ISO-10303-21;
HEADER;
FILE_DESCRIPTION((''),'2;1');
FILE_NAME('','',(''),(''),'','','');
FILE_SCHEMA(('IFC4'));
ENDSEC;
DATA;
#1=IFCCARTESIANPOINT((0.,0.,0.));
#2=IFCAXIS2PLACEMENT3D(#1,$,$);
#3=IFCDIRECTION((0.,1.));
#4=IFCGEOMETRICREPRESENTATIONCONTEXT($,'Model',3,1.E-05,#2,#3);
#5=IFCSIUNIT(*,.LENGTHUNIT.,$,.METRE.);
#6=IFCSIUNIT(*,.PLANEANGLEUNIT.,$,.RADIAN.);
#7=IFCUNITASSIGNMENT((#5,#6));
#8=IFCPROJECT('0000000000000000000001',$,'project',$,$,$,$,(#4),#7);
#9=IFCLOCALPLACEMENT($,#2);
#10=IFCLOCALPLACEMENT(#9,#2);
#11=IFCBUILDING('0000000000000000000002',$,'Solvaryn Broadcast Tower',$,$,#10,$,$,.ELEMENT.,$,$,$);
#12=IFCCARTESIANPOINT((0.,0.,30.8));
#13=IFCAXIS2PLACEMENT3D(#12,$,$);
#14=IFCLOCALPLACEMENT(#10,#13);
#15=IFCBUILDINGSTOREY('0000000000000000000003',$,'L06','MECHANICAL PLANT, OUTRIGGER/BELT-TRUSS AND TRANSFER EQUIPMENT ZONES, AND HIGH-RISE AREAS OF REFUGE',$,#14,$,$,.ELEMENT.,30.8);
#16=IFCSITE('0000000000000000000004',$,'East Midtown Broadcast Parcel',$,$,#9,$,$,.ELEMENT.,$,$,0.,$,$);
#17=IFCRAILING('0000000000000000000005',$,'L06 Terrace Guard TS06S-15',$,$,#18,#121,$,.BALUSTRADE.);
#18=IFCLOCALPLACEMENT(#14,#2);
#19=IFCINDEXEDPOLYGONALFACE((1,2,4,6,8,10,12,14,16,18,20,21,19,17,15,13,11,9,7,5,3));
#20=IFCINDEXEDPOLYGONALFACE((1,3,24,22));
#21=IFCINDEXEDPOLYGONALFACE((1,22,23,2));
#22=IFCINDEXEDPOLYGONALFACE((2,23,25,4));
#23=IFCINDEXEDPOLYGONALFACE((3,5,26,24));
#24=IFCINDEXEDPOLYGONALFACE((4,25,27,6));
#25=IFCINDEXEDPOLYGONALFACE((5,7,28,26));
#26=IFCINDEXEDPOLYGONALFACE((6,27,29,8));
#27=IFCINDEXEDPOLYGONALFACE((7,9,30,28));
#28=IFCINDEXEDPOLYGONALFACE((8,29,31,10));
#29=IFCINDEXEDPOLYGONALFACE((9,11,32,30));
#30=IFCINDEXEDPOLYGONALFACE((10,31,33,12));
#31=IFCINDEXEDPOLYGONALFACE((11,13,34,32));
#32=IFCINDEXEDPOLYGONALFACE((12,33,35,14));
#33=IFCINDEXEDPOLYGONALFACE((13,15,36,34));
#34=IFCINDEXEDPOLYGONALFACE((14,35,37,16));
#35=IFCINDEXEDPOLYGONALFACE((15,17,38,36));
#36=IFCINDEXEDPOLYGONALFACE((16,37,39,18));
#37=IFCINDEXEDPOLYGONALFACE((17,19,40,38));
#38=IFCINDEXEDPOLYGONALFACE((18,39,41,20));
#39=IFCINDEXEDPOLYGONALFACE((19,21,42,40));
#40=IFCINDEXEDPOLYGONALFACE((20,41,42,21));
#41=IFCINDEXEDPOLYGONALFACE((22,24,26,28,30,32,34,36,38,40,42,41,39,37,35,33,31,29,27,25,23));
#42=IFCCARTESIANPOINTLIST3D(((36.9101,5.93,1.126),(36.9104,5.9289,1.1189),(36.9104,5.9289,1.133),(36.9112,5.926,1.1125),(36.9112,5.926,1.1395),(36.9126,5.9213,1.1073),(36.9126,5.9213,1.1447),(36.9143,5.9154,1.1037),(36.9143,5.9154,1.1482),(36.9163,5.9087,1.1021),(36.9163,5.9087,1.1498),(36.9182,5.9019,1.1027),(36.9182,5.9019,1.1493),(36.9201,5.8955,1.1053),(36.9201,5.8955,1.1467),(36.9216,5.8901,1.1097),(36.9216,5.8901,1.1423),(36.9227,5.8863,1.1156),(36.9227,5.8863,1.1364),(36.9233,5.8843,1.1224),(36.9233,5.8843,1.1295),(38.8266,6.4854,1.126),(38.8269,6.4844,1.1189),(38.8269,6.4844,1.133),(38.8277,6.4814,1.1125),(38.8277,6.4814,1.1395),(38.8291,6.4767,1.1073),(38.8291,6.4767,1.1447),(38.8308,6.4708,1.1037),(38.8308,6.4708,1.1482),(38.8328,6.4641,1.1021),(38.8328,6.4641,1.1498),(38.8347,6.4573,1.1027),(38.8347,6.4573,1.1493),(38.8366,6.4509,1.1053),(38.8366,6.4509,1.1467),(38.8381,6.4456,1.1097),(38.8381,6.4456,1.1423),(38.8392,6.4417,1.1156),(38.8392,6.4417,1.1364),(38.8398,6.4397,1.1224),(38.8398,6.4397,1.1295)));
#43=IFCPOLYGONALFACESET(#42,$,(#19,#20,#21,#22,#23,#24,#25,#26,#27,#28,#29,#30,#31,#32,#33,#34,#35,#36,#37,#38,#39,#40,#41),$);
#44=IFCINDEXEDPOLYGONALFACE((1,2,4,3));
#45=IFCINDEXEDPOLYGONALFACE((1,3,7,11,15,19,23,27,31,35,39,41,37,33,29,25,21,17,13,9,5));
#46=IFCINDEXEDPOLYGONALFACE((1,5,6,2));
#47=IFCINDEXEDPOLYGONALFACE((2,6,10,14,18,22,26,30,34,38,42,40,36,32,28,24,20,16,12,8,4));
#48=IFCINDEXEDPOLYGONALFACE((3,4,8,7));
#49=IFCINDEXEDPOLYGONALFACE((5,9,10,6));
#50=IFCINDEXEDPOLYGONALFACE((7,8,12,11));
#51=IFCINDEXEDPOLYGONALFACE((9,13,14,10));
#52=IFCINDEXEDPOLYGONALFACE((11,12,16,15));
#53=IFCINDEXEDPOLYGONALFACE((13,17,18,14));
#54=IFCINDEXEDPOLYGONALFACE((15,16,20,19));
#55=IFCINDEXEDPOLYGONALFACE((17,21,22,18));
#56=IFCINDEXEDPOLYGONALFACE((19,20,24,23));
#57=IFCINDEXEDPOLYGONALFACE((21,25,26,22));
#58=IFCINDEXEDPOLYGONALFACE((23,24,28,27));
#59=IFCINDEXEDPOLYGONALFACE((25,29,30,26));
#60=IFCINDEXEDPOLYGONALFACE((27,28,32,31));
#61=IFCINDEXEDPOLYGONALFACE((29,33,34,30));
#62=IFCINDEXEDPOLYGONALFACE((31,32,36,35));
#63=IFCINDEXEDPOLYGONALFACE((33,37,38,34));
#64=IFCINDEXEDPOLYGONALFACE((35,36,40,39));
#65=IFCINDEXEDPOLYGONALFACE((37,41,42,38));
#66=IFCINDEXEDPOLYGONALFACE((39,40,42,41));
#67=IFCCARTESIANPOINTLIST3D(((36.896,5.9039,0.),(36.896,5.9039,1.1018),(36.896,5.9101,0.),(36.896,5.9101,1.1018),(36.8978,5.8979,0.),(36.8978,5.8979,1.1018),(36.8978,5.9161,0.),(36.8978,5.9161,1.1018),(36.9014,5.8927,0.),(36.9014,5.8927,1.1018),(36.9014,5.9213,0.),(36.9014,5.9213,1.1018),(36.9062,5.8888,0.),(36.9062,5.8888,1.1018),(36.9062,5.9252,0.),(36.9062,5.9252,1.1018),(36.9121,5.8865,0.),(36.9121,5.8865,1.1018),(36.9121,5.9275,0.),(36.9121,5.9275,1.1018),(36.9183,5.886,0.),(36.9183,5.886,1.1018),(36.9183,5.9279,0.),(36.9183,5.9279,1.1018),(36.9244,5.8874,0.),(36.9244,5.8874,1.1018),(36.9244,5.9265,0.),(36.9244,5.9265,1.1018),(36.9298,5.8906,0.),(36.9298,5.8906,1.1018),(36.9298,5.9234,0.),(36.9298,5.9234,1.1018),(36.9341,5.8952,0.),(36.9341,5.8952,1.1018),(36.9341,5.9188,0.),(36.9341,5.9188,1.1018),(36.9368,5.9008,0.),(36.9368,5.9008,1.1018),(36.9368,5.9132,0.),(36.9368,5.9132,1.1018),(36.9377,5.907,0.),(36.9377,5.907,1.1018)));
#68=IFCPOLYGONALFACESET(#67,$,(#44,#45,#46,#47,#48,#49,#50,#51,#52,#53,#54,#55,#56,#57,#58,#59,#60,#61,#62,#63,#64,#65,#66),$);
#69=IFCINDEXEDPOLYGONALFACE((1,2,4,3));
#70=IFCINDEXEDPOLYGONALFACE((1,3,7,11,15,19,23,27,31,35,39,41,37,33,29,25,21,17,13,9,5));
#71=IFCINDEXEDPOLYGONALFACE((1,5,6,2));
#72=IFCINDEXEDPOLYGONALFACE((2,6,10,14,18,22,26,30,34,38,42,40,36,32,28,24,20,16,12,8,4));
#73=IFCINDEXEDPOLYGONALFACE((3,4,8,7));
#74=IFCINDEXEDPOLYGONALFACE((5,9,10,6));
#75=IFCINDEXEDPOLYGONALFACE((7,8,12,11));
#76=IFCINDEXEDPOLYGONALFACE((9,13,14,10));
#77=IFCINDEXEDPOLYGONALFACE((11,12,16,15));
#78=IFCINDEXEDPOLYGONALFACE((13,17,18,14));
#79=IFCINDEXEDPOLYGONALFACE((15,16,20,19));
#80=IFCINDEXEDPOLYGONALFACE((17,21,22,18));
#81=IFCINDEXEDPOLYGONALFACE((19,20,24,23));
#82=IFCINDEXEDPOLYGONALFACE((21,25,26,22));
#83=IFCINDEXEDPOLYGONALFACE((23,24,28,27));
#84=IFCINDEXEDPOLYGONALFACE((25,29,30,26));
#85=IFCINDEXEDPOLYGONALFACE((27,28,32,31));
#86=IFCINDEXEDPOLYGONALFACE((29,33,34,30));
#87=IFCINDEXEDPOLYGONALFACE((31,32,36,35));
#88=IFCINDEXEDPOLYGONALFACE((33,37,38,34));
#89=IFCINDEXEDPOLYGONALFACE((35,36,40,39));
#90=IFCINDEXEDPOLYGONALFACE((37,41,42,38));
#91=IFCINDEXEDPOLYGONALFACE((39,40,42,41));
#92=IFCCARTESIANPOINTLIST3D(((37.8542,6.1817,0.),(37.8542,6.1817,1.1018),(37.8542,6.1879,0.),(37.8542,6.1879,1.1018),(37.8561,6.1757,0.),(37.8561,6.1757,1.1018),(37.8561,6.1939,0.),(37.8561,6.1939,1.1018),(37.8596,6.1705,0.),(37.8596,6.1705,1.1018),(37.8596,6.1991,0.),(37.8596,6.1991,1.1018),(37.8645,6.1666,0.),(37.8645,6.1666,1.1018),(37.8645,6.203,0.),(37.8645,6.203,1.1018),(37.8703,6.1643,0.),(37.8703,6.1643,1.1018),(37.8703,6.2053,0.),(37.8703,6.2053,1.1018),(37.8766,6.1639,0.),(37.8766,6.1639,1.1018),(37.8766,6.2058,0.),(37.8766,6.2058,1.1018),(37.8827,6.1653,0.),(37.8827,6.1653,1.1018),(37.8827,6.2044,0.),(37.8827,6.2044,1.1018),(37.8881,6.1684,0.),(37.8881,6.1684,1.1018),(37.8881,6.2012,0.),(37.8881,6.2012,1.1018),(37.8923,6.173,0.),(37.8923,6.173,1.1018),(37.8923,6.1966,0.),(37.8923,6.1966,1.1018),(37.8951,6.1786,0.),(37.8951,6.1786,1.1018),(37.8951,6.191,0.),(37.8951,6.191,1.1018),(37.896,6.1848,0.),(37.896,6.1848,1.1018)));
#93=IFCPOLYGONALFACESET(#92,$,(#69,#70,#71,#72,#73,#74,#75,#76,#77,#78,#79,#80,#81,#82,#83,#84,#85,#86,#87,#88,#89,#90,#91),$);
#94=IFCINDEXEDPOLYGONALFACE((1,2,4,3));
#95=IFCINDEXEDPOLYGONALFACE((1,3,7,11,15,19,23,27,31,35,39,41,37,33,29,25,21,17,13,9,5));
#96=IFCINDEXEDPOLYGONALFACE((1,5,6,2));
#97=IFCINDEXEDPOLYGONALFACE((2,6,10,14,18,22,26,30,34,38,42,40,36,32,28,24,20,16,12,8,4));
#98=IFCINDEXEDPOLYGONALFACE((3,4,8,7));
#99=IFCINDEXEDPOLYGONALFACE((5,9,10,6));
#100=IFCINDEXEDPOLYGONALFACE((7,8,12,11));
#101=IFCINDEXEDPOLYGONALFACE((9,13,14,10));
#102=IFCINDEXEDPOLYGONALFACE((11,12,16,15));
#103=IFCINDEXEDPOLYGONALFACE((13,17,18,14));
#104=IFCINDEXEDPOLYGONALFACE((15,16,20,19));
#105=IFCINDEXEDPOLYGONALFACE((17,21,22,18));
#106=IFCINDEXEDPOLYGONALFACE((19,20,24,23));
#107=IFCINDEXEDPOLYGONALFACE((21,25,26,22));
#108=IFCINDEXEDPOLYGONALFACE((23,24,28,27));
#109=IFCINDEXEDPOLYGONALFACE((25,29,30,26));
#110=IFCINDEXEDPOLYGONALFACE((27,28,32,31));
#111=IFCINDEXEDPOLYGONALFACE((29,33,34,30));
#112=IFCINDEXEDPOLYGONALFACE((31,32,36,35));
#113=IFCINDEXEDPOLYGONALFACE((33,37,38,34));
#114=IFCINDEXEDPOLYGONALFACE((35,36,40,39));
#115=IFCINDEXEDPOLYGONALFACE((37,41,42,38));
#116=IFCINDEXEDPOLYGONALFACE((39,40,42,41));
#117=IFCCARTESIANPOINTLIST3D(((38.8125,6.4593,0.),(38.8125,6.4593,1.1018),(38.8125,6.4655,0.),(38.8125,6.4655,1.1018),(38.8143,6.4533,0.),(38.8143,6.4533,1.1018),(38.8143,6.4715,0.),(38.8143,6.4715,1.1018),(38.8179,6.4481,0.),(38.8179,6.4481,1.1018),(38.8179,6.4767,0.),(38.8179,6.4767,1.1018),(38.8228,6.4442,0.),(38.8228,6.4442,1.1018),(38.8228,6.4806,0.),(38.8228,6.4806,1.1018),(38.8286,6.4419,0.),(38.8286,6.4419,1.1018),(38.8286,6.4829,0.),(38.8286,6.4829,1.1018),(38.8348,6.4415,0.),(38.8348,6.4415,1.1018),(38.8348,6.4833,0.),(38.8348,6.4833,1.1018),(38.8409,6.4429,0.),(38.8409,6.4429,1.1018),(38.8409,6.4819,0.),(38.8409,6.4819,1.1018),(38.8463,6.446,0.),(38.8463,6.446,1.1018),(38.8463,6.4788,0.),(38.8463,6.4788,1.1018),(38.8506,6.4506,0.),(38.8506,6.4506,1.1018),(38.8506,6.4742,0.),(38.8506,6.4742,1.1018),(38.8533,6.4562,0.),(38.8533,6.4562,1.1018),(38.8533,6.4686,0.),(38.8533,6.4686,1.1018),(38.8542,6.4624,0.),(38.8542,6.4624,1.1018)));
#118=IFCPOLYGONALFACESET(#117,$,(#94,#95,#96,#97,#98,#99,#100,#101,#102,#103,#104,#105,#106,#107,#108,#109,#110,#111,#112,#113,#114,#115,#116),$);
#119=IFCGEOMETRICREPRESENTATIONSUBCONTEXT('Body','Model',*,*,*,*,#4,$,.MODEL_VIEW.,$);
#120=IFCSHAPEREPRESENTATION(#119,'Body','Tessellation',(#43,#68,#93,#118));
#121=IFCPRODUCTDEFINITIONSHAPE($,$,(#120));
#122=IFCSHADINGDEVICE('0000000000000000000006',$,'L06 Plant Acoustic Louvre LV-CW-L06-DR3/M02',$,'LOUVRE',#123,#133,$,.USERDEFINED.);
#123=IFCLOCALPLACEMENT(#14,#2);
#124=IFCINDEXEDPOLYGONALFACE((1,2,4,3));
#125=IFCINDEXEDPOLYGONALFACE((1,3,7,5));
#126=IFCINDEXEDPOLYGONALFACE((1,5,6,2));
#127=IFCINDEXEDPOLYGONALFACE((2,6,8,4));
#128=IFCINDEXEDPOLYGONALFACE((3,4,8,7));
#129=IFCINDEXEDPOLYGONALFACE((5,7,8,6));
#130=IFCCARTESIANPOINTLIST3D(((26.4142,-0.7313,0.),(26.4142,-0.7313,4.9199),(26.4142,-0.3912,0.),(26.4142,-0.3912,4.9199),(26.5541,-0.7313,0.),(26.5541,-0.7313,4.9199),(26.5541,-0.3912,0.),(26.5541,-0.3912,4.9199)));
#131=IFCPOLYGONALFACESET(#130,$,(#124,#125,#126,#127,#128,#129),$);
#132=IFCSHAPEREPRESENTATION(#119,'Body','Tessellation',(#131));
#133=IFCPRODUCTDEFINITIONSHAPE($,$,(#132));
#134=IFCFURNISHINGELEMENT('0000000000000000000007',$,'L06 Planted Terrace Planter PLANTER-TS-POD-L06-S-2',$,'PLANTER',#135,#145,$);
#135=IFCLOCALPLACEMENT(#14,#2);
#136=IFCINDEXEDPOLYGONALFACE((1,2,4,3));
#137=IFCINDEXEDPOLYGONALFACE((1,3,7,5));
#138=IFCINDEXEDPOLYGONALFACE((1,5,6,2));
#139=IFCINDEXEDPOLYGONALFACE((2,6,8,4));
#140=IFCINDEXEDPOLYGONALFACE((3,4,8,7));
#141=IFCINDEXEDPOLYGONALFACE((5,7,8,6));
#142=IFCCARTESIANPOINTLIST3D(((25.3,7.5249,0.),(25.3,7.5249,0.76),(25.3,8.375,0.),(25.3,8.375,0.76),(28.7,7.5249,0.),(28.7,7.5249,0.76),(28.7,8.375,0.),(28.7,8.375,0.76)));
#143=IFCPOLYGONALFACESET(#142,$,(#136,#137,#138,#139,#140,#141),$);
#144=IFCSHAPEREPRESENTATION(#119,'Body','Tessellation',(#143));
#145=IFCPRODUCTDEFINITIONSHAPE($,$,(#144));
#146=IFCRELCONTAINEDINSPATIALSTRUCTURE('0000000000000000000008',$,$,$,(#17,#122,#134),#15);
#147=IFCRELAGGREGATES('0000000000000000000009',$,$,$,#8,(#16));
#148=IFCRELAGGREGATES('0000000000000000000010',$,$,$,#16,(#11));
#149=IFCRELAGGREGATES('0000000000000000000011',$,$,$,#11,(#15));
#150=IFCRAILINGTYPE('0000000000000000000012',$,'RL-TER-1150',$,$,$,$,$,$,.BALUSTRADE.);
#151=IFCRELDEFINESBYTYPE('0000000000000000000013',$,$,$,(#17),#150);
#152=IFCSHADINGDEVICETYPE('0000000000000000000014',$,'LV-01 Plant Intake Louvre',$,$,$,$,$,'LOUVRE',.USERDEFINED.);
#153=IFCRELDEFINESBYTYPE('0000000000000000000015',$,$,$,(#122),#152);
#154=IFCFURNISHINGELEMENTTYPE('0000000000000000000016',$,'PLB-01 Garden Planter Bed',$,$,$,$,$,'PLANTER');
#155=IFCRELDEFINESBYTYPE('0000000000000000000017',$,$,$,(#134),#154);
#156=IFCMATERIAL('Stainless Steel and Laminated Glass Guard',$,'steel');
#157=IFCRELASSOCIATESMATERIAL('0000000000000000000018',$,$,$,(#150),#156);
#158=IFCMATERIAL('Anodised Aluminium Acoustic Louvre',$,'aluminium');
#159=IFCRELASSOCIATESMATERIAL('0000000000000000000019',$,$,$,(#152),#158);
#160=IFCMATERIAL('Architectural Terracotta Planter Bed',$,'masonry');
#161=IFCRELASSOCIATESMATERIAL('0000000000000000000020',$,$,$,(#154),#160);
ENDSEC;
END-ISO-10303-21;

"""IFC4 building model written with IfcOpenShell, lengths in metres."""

from ifc_helpers import new_model, si_unit, direction, frame, origin, origin_2d, place, context, subcontext, project, spatial, rectangle, circle, extrude, material, type_object, element, save


model = new_model("IFC4")

# Units and contexts
model_context = context("Model", 3, precision=1e-05, world=origin(), true_north=direction((0.0, 1.0)))
body_context = subcontext(model_context, "Body", "Model", "MODEL_VIEW")
ifc_project = project(units=[si_unit("LENGTHUNIT", "METRE"), si_unit("PLANEANGLEUNIT", "RADIAN")], contexts=[model_context])

# Site, building, storey
site_placement = place(None, origin())
site = spatial("IfcSite", under=ifc_project, at=site_placement, Name="East Midtown Broadcast Parcel", CompositionType="ELEMENT", RefElevation=0.0)
building_placement = place(site_placement, origin())
building = spatial("IfcBuilding", under=site, at=building_placement, Name="Solvaryn Broadcast Tower", CompositionType="ELEMENT")
storey_placement = place(building_placement, frame((0.0, 0.0, 30.8)))
storey = spatial("IfcBuildingStorey", under=building, at=storey_placement, Name="L06", Description="MECHANICAL PLANT, OUTRIGGER/BELT-TRUSS AND TRANSFER EQUIPMENT ZONES, AND HIGH-RISE AREAS OF REFUGE", CompositionType="ELEMENT", Elevation=30.8)

# Railing
ifc_material_1 = material(Name="Stainless Steel and Laminated Glass Guard", Category="steel")
railing_type = type_object("IfcRailingType", Name="RL-TER-1150", PredefinedType="BALUSTRADE", material=ifc_material_1)
railing_1_placement = place(storey_placement, frame((36.9167, 5.907, 0.0)))
element("IfcRailing", 1, at=railing_1_placement, inside=storey, type_object=railing_type, Name="L06 Terrace Guard TS06S-15", PredefinedType="BALUSTRADE", context=body_context, shape_type="SweptSolid", body=[
    extrude(circle(Radius=0.0239, at=origin_2d()), frame((0.0, 0.0, 1.126), z_axis=(0.960478, 0.278355, 0.0), x_axis=(-0.278355, 0.960478, 0.0)), (0.0, 0.0, 1.0), 1.9954),
    extrude(circle(Radius=0.021, at=origin_2d()), origin(), (0.0, 0.0, 1.0), 1.1018),
    extrude(circle(Radius=0.021, at=origin_2d()), frame((0.9583, 0.2778, 0.0)), (0.0, 0.0, 1.0), 1.1018),
    extrude(circle(Radius=0.021, at=origin_2d()), frame((1.9165, 0.5554, 0.0)), (0.0, 0.0, 1.0), 1.1018),
])

# Shading device
ifc_material_2 = material(Name="Anodised Aluminium Acoustic Louvre", Category="aluminium")
shading_device_type = type_object("IfcShadingDeviceType", Name="LV-01 Plant Intake Louvre", ElementType="LOUVRE", PredefinedType="USERDEFINED", material=ifc_material_2)
shading_device_placement = place(storey_placement, frame((26.4841, -0.5613, 0.0), z_axis=(0.0, 0.0, 1.0), x_axis=(1.0, 0.0, 0.0)))
element("IfcShadingDevice", 2, at=shading_device_placement, inside=storey, type_object=shading_device_type, Name="L06 Plant Acoustic Louvre LV-CW-L06-DR3/M02", ObjectType="LOUVRE", PredefinedType="USERDEFINED", context=body_context, shape_type="SweptSolid", body=[
    extrude(rectangle(XDim=0.1399, YDim=0.3401, at=origin_2d()), origin(), (0.0, 0.0, 1.0), 4.9199),
])

# Furnishing element
ifc_material_3 = material(Name="Architectural Terracotta Planter Bed", Category="masonry")
furnishing_element_type = type_object("IfcFurnishingElementType", Name="PLB-01 Garden Planter Bed", ElementType="PLANTER", material=ifc_material_3)
furnishing_placement = place(storey_placement, frame((27.0, 7.95, 0.0), z_axis=(0.0, 0.0, 1.0), x_axis=(1.0, 0.0, 0.0)))
element("IfcFurnishingElement", 3, at=furnishing_placement, inside=storey, type_object=furnishing_element_type, Name="L06 Planted Terrace Planter PLANTER-TS-POD-L06-S-2", ObjectType="PLANTER", context=body_context, shape_type="SweptSolid", body=[
    extrude(rectangle(XDim=3.3999, YDim=0.8501, at=origin_2d()), origin(), (0.0, 0.0, 1.0), 0.76),
])

save(model, "model.ifc")
